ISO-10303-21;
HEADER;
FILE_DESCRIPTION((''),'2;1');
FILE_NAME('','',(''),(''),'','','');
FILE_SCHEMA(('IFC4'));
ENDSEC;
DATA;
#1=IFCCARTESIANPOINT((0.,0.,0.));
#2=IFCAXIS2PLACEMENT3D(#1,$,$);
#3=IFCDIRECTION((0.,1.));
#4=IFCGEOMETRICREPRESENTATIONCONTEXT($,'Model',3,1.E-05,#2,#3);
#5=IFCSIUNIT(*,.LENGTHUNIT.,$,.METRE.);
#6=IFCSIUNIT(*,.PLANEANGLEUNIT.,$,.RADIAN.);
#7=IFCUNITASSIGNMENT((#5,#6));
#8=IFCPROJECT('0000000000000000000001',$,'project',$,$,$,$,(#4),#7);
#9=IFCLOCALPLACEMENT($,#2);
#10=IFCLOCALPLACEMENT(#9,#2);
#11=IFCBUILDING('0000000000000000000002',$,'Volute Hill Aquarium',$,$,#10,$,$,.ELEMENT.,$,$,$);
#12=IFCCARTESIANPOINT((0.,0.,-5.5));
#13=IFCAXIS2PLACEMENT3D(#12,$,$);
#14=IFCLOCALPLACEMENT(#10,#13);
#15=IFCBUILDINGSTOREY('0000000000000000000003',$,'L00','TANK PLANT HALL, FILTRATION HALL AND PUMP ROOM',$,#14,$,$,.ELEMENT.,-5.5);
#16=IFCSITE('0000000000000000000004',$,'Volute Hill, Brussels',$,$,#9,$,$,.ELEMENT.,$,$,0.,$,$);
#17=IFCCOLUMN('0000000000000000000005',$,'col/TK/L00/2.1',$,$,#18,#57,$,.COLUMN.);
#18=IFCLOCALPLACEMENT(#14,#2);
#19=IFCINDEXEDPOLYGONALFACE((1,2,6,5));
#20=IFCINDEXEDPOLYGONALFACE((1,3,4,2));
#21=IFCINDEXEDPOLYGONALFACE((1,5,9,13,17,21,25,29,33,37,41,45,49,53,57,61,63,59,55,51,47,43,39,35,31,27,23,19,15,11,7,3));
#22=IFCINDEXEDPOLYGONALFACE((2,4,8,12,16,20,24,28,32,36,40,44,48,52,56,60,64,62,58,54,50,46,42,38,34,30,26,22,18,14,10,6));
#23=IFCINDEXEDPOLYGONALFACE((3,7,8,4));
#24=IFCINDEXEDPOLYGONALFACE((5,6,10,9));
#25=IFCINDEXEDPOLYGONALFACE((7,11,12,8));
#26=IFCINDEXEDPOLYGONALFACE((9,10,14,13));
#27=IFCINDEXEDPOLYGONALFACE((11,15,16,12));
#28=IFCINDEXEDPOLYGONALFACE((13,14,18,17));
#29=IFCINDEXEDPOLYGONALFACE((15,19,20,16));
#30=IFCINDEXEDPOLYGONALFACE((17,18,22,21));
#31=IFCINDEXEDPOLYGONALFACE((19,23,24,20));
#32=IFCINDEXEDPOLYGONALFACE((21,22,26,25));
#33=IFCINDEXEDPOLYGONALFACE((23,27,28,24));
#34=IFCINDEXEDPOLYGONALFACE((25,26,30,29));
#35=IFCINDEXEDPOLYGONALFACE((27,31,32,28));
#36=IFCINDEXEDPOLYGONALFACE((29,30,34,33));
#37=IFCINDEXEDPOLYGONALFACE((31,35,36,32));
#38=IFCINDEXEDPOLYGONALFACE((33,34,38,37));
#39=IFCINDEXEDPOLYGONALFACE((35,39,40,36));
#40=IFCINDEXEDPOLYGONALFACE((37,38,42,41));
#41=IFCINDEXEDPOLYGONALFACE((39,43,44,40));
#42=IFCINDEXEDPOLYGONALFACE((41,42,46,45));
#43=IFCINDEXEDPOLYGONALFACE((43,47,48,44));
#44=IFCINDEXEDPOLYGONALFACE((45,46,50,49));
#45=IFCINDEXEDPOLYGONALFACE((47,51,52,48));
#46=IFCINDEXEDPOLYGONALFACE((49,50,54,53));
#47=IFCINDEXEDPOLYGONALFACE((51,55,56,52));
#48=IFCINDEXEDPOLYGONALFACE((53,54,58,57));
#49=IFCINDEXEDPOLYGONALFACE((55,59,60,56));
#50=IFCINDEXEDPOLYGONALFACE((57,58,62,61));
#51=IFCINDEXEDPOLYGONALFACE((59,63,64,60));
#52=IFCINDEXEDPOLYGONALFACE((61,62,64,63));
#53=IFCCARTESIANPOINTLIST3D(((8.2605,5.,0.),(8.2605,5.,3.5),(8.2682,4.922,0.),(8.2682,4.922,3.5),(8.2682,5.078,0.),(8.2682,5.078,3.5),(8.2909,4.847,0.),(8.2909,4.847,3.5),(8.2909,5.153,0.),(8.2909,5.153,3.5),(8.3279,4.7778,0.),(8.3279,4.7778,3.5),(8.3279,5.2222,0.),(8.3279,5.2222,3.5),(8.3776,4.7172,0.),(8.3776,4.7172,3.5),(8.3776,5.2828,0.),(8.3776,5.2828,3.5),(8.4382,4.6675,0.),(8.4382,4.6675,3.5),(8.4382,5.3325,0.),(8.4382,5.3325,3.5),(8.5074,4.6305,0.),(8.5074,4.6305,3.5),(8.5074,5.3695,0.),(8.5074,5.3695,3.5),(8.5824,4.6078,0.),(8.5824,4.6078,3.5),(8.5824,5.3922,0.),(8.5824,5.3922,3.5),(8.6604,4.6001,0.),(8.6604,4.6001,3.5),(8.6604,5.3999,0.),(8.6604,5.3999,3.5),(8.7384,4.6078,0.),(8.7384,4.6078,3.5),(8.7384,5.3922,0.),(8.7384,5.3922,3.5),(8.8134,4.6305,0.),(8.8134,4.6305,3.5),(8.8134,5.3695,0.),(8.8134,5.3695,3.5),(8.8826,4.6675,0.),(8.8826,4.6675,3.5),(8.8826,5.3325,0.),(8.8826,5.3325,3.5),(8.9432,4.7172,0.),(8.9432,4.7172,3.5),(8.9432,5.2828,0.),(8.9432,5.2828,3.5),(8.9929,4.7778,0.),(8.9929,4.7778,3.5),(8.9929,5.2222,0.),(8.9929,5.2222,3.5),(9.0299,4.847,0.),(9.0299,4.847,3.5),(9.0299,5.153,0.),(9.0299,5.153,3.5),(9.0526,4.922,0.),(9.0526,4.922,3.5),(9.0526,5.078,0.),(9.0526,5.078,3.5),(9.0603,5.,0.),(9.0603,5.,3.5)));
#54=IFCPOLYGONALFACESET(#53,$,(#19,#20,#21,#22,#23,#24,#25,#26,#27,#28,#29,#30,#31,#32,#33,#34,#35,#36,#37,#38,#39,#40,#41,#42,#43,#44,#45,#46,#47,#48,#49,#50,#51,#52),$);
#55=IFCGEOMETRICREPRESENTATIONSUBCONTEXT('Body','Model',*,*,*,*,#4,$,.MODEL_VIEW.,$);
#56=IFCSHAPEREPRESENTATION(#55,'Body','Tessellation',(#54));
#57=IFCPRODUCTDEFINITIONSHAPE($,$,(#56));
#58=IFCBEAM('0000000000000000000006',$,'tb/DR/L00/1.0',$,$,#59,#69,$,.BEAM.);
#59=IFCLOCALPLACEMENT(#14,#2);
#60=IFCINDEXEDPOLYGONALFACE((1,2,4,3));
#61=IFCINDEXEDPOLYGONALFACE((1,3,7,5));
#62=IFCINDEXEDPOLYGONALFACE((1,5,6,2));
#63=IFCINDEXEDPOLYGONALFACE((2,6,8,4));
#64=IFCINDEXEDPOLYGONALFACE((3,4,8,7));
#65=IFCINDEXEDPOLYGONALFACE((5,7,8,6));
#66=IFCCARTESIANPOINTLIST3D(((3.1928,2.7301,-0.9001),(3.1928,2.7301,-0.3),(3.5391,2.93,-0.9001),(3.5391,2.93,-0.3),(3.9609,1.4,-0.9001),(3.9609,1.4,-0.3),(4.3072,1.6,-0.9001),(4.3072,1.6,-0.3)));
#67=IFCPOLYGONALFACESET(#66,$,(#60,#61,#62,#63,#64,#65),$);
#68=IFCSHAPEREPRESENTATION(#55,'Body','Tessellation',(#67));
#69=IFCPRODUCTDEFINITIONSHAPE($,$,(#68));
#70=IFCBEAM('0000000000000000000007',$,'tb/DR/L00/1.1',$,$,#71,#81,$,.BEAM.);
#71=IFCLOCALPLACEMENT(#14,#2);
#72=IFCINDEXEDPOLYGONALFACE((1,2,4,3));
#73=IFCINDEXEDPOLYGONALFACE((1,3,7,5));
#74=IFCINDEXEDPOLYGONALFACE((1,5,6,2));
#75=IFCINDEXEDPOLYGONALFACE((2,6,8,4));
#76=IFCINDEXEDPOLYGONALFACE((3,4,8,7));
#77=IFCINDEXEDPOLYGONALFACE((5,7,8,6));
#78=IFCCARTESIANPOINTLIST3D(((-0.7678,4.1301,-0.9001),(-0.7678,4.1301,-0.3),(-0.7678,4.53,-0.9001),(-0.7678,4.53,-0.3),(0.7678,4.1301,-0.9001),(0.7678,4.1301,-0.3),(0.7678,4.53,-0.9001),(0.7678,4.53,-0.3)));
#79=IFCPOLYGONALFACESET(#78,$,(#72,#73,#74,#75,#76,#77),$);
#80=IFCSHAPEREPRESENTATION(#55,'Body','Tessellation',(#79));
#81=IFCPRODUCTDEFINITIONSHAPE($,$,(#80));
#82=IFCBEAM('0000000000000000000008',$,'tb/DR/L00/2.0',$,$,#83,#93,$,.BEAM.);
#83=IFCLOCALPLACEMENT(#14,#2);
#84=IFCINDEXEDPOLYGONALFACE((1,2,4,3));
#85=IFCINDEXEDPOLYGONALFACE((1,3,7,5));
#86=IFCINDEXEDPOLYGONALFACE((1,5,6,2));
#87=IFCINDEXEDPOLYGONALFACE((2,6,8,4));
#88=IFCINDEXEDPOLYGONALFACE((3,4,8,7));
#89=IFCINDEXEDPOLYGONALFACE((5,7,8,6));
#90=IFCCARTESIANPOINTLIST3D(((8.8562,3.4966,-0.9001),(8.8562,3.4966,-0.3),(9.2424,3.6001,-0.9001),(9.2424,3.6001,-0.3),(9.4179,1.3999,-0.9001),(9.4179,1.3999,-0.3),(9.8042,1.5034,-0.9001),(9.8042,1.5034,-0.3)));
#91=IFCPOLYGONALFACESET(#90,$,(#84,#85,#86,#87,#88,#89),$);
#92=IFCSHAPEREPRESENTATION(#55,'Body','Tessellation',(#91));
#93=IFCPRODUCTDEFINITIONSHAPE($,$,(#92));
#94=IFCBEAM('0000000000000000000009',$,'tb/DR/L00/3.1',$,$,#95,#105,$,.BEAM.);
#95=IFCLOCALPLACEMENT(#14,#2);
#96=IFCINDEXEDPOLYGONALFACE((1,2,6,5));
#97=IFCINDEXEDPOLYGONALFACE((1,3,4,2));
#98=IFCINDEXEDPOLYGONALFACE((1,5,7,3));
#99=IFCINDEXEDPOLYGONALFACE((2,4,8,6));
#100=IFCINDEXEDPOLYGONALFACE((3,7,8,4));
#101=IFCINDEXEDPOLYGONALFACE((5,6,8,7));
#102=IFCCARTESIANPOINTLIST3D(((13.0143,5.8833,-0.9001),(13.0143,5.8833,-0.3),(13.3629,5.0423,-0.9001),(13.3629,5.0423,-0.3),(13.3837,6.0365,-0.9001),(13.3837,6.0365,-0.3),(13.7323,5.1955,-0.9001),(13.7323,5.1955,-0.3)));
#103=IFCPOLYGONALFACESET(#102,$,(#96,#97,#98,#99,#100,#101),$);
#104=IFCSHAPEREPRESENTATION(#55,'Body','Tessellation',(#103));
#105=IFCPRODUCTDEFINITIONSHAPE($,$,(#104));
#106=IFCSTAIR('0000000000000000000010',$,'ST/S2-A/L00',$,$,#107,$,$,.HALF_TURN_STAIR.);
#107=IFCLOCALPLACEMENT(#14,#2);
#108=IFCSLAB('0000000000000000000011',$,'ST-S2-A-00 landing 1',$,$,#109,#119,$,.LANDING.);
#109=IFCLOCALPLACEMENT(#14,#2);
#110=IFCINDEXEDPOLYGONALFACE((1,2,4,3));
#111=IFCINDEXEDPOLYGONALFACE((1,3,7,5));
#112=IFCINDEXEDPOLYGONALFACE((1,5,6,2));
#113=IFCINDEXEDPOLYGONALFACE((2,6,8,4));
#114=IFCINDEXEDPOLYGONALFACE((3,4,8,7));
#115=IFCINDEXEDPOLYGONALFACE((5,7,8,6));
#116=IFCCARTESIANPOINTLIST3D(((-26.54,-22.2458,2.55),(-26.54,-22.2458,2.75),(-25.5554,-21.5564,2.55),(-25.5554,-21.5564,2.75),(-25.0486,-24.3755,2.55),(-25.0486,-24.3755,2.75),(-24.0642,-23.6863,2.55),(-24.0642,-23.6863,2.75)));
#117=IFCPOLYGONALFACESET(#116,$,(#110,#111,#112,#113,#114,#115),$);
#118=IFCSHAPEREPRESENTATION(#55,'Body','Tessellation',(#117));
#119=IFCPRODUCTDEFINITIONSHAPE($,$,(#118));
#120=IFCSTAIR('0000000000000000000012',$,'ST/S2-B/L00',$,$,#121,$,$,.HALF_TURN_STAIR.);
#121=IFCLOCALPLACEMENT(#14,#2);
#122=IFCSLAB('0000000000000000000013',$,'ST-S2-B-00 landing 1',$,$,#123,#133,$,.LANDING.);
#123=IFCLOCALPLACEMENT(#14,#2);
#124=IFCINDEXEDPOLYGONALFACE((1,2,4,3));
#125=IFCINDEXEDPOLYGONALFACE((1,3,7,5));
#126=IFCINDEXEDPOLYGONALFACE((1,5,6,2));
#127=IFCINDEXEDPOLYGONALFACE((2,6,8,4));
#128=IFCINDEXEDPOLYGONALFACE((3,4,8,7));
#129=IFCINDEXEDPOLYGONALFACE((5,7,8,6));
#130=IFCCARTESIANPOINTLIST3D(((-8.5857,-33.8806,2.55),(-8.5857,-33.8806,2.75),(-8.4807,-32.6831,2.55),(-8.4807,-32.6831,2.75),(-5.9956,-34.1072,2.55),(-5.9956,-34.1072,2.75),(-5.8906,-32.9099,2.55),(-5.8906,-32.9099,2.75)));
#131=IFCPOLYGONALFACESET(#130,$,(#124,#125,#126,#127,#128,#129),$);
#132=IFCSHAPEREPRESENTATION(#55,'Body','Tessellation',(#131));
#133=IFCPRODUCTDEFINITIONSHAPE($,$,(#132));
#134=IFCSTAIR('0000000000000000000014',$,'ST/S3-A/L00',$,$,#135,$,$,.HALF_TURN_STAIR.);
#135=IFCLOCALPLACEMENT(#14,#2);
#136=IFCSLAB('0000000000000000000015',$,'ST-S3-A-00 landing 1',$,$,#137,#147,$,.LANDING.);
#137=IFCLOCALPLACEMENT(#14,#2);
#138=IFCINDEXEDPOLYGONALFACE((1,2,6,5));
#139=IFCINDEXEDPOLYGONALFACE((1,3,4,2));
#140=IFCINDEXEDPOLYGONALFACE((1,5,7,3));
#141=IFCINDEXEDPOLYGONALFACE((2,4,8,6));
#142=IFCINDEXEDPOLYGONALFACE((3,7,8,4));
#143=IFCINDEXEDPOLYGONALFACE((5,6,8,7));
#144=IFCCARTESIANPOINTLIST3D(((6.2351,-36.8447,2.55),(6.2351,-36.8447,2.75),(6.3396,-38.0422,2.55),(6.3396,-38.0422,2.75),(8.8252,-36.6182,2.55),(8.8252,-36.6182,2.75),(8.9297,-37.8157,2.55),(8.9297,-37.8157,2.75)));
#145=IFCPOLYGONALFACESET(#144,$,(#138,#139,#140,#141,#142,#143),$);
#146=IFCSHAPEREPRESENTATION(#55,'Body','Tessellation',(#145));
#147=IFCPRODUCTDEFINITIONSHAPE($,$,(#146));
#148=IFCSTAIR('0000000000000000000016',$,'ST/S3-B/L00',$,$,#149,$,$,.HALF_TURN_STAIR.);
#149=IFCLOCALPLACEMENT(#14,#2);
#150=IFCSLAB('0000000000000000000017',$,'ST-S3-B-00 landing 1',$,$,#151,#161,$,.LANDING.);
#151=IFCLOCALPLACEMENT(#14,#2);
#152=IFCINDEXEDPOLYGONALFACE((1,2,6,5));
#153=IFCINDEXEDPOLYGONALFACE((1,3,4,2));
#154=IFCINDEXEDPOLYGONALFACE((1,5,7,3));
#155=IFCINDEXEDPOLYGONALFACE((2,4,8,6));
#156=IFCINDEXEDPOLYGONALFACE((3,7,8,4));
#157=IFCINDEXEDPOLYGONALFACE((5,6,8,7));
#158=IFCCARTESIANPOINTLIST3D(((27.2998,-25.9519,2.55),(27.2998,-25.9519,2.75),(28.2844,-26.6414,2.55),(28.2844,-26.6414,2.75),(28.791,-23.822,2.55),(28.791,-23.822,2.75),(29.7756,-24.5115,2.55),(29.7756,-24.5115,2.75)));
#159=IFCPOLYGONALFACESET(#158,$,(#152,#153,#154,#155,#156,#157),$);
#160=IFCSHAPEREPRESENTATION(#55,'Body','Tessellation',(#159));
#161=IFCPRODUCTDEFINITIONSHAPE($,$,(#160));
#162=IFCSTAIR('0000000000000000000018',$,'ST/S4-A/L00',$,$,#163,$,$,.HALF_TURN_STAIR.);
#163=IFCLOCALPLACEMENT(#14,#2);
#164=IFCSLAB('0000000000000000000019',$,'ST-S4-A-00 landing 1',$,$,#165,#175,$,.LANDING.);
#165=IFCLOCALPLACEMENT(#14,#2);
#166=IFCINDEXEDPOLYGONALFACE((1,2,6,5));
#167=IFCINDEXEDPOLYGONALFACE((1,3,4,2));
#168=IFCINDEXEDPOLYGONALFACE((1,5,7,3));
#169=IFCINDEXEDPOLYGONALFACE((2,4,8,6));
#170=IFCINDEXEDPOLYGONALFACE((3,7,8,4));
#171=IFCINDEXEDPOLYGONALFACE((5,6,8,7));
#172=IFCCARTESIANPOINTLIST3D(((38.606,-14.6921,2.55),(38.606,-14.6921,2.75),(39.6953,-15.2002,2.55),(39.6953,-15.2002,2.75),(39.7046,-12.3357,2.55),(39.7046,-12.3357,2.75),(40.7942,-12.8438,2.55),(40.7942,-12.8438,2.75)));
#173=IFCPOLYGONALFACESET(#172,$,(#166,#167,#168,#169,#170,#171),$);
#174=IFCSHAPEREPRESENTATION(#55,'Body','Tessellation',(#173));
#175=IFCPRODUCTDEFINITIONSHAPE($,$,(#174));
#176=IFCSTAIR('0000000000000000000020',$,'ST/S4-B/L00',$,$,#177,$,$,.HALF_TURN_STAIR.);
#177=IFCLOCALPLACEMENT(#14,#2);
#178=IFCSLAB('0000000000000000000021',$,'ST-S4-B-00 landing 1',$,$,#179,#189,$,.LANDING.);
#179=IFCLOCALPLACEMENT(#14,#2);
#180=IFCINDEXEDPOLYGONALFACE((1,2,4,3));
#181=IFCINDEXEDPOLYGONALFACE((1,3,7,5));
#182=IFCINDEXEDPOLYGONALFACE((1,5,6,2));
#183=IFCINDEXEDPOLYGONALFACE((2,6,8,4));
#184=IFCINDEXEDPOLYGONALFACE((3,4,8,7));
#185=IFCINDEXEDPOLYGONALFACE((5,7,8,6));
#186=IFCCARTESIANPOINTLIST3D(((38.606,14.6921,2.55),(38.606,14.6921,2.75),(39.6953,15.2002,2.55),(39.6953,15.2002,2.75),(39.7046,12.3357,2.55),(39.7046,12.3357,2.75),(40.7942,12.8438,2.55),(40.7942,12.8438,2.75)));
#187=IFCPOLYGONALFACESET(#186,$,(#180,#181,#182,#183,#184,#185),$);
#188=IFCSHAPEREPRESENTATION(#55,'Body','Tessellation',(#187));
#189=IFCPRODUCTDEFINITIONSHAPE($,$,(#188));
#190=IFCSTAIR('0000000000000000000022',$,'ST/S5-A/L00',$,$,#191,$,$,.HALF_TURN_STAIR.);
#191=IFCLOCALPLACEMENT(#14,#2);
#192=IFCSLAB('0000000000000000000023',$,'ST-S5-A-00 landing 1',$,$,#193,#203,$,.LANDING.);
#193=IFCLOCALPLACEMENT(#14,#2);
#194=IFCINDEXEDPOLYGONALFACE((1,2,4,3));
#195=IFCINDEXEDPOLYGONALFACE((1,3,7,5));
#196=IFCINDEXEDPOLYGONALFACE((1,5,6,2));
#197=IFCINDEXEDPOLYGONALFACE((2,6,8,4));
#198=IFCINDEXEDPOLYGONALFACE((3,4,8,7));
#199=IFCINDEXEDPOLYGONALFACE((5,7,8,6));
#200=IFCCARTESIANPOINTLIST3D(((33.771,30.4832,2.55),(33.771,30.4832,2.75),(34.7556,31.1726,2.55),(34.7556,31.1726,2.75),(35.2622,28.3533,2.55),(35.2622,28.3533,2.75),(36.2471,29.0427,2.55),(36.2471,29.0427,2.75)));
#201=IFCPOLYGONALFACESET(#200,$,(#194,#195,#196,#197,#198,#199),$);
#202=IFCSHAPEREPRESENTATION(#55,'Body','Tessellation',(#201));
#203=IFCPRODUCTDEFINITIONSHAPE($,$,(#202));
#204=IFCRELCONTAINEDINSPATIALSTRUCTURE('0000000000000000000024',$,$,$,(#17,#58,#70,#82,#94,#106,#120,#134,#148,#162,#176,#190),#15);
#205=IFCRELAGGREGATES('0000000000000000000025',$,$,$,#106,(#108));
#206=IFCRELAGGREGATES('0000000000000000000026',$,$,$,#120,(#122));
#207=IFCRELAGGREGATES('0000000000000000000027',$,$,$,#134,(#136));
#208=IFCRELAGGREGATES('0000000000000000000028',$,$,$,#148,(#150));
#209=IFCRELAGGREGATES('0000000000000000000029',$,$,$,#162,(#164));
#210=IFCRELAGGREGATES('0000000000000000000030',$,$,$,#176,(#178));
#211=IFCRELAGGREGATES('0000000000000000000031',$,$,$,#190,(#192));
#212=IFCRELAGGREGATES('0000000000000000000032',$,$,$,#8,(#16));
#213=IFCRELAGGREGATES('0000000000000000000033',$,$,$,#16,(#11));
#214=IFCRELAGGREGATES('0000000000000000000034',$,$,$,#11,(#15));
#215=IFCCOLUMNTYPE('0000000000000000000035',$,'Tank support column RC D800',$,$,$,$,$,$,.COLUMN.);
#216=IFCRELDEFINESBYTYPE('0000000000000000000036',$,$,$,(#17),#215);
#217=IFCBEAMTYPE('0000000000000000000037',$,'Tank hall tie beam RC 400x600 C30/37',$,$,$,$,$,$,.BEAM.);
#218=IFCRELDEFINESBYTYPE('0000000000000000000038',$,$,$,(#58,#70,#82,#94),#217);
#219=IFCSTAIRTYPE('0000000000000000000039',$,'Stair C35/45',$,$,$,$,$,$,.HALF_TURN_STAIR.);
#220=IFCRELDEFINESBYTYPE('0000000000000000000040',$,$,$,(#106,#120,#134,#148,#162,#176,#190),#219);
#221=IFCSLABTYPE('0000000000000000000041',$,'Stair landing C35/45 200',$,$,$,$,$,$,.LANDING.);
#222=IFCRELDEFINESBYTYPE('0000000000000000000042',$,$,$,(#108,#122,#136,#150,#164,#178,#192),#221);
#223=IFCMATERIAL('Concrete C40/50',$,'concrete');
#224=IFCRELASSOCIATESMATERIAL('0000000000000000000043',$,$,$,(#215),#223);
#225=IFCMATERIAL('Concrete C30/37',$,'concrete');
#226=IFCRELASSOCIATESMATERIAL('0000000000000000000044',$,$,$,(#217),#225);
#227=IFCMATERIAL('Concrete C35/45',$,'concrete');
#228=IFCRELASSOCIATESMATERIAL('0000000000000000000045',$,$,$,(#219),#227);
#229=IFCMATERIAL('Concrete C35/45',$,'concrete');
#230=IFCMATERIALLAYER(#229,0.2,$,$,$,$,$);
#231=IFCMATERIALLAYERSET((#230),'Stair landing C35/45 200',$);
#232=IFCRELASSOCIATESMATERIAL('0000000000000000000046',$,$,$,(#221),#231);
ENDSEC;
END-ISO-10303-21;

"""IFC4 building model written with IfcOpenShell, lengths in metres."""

from ifc_helpers import new_model, si_unit, direction, frame, origin, origin_2d, place, context, subcontext, project, spatial, polyline, rectangle, circle, outline, extrude, material, layer, layer_set, material_profile, profile_set, type_object, element, aggregate, save


model = new_model("IFC4")

# Units and contexts
model_context = context("Model", 3, precision=1e-05, world=origin(), true_north=direction((0.0, 1.0)))
body_context = subcontext(model_context, "Body", "Model", "MODEL_VIEW")
ifc_project = project(units=[si_unit("LENGTHUNIT", "METRE"), si_unit("PLANEANGLEUNIT", "RADIAN")], contexts=[model_context])

# Site, building, storey
site_placement = place(None, origin())
site = spatial("IfcSite", under=ifc_project, at=site_placement, Name="Volute Hill, Brussels", CompositionType="ELEMENT", RefElevation=0.0)
building_placement = place(site_placement, origin())
building = spatial("IfcBuilding", under=site, at=building_placement, Name="Volute Hill Aquarium", CompositionType="ELEMENT")
storey_placement = place(building_placement, frame((0.0, 0.0, -5.5)))
storey = spatial("IfcBuildingStorey", under=building, at=storey_placement, Name="L00", Description="TANK PLANT HALL, FILTRATION HALL AND PUMP ROOM", CompositionType="ELEMENT", Elevation=-5.5)

# Column
ifc_material_1 = material(Name="Concrete C40/50", Category="concrete")
ifc_material_profile_1 = material_profile(ifc_material_1, circle(Radius=0.3999, at=origin_2d()), Name="RC round column D800")
ifc_profile_set_1 = profile_set([ifc_material_profile_1], Name="Concrete C40/50")
column_type = type_object("IfcColumnType", Name="Tank support column RC D800", PredefinedType="COLUMN", material=ifc_profile_set_1)
for number, where, z_axis, x_axis, name in (
    (1, (8.6604, 5.0, 0.0), (0.0, 0.0, 1.0), (1.0, 0.0, 0.0), "col/TK/L00/2.1"),
):
    element("IfcColumn", number, at=place(storey_placement, frame(where, z_axis=z_axis, x_axis=x_axis)), inside=storey, type_object=column_type, Name=name, PredefinedType="COLUMN", context=body_context, shape_type="SweptSolid", body=[
        extrude(circle(Radius=0.3999, at=origin_2d()), origin(), (0.0, 0.0, 1.0), 3.5),
    ])

# Beams
ifc_material_2 = material(Name="Concrete C30/37", Category="concrete")
ifc_material_profile_2 = material_profile(ifc_material_2, rectangle(XDim=0.3999, YDim=0.6001, at=origin_2d()), Name="RC tie beam 400x600")
ifc_profile_set_2 = profile_set([ifc_material_profile_2], Name="Concrete C30/37")
beam_type = type_object("IfcBeamType", Name="Tank hall tie beam RC 400x600 C30/37", PredefinedType="BEAM", material=ifc_profile_set_2)
beam_1_placement = place(storey_placement, frame((4.134, 1.5, -0.6001), z_axis=(-0.500071, 0.865984, 0.0), x_axis=(-0.865984, -0.500071, 0.0)))
element("IfcBeam", 2, at=beam_1_placement, inside=storey, type_object=beam_type, Name="tb/DR/L00/1.0", PredefinedType="BEAM", context=body_context, shape_type="SweptSolid", body=[
    extrude(rectangle(XDim=0.3999, YDim=0.6001, at=origin_2d()), origin(), (0.0, 0.0, 1.0), 1.5359),
])
beam_2_placement = place(storey_placement, frame((0.7678, 4.3301, -0.6001), z_axis=(-1.0, 0.0, 0.0), x_axis=(0.0, -1.0, 0.0)))
element("IfcBeam", 3, at=beam_2_placement, inside=storey, type_object=beam_type, Name="tb/DR/L00/1.1", PredefinedType="BEAM", context=body_context, shape_type="SweptSolid", body=[
    extrude(rectangle(XDim=0.3999, YDim=0.6001, at=origin_2d()), origin(), (0.0, 0.0, 1.0), 1.5356),
])
beam_3_placement = place(storey_placement, frame((9.6111, 1.4517, -0.6001), z_axis=(-0.258804, 0.96593, 0.0), x_axis=(-0.96593, -0.258804, 0.0)))
element("IfcBeam", 4, at=beam_3_placement, inside=storey, type_object=beam_type, Name="tb/DR/L00/2.0", PredefinedType="BEAM", context=body_context, shape_type="SweptSolid", body=[
    extrude(rectangle(XDim=0.3999, YDim=0.6001, at=origin_2d()), origin(), (0.0, 0.0, 1.0), 2.1707),
])
beam_4_placement = place(storey_placement, frame((13.5476, 5.1189, -0.6001), z_axis=(-0.38292, 0.923781, 0.0), x_axis=(-0.923781, -0.38292, 0.0)))
element("IfcBeam", 5, at=beam_4_placement, inside=storey, type_object=beam_type, Name="tb/DR/L00/3.1", PredefinedType="BEAM", context=body_context, shape_type="SweptSolid", body=[
    extrude(rectangle(XDim=0.3999, YDim=0.6001, at=origin_2d()), origin(), (0.0, 0.0, 1.0), 0.9104),
])

# Stairs, slabs
ifc_material_3 = material(Name="Concrete C35/45", Category="concrete")
stair_type = type_object("IfcStairType", Name="Stair C35/45", PredefinedType="HALF_TURN_STAIR", material=ifc_material_3)
stair_1_placement = place(storey_placement, origin())
stair_1 = element("IfcStair", 6, at=stair_1_placement, inside=storey, type_object=stair_type, Name="ST/S2-A/L00", PredefinedType="HALF_TURN_STAIR")
ifc_material_4 = material(Name="Concrete C35/45", Category="concrete")
ifc_layer = layer(ifc_material_4, 0.2)
ifc_layer_set = layer_set([ifc_layer], Name="Stair landing C35/45 200")
slab_type = type_object("IfcSlabType", Name="Stair landing C35/45 200", PredefinedType="LANDING", material=ifc_layer_set)
slab_1_placement = place(storey_placement, frame((0.0, 0.0, 2.55)))
slab_1 = element("IfcSlab", 7, at=slab_1_placement, type_object=slab_type, Name="ST-S2-A-00 landing 1", PredefinedType="LANDING", context=body_context, shape_type="SweptSolid", body=[
    extrude(outline(polyline([(-25.5554, -21.5564), (-26.54, -22.2458), (-25.0486, -24.3755), (-24.0642, -23.6863), (-25.5554, -21.5564)])), origin(), (0.0, 0.0, 1.0), 0.2),
])
aggregate(stair_1, [slab_1])
stair_2_placement = place(storey_placement, origin())
stair_2 = element("IfcStair", 8, at=stair_2_placement, inside=storey, type_object=stair_type, Name="ST/S2-B/L00", PredefinedType="HALF_TURN_STAIR")
slab_2_placement = place(storey_placement, frame((0.0, 0.0, 2.55)))
slab_2 = element("IfcSlab", 9, at=slab_2_placement, type_object=slab_type, Name="ST-S2-B-00 landing 1", PredefinedType="LANDING", context=body_context, shape_type="SweptSolid", body=[
    extrude(outline(polyline([(-8.4807, -32.6831), (-8.5857, -33.8806), (-5.9956, -34.1072), (-5.8906, -32.9099), (-8.4807, -32.6831)])), origin(), (0.0, 0.0, 1.0), 0.2),
])
aggregate(stair_2, [slab_2])
stair_3_placement = place(storey_placement, origin())
stair_3 = element("IfcStair", 10, at=stair_3_placement, inside=storey, type_object=stair_type, Name="ST/S3-A/L00", PredefinedType="HALF_TURN_STAIR")
slab_3_placement = place(storey_placement, frame((0.0, 0.0, 2.55)))
slab_3 = element("IfcSlab", 11, at=slab_3_placement, type_object=slab_type, Name="ST-S3-A-00 landing 1", PredefinedType="LANDING", context=body_context, shape_type="SweptSolid", body=[
    extrude(outline(polyline([(6.2351, -36.8447), (6.3396, -38.0422), (8.9297, -37.8157), (8.8252, -36.6182), (6.2351, -36.8447)])), origin(), (0.0, 0.0, 1.0), 0.2),
])
aggregate(stair_3, [slab_3])
stair_4_placement = place(storey_placement, origin())
stair_4 = element("IfcStair", 12, at=stair_4_placement, inside=storey, type_object=stair_type, Name="ST/S3-B/L00", PredefinedType="HALF_TURN_STAIR")
slab_4_placement = place(storey_placement, frame((0.0, 0.0, 2.55)))
slab_4 = element("IfcSlab", 13, at=slab_4_placement, type_object=slab_type, Name="ST-S3-B-00 landing 1", PredefinedType="LANDING", context=body_context, shape_type="SweptSolid", body=[
    extrude(outline(polyline([(27.2998, -25.9519), (28.2844, -26.6414), (29.7756, -24.5115), (28.791, -23.822), (27.2998, -25.9519)])), origin(), (0.0, 0.0, 1.0), 0.2),
])
aggregate(stair_4, [slab_4])
stair_5_placement = place(storey_placement, origin())
stair_5 = element("IfcStair", 14, at=stair_5_placement, inside=storey, type_object=stair_type, Name="ST/S4-A/L00", PredefinedType="HALF_TURN_STAIR")
slab_5_placement = place(storey_placement, frame((0.0, 0.0, 2.55)))
slab_5 = element("IfcSlab", 15, at=slab_5_placement, type_object=slab_type, Name="ST-S4-A-00 landing 1", PredefinedType="LANDING", context=body_context, shape_type="SweptSolid", body=[
    extrude(outline(polyline([(38.606, -14.6921), (39.6953, -15.2002), (40.7942, -12.8438), (39.7046, -12.3357), (38.606, -14.6921)])), origin(), (0.0, 0.0, 1.0), 0.2),
])
aggregate(stair_5, [slab_5])
stair_6_placement = place(storey_placement, origin())
stair_6 = element("IfcStair", 16, at=stair_6_placement, inside=storey, type_object=stair_type, Name="ST/S4-B/L00", PredefinedType="HALF_TURN_STAIR")
slab_6_placement = place(storey_placement, frame((0.0, 0.0, 2.55)))
slab_6 = element("IfcSlab", 17, at=slab_6_placement, type_object=slab_type, Name="ST-S4-B-00 landing 1", PredefinedType="LANDING", context=body_context, shape_type="SweptSolid", body=[
    extrude(outline(polyline([(39.7046, 12.3357), (40.7942, 12.8438), (39.6953, 15.2002), (38.606, 14.6921), (39.7046, 12.3357)])), origin(), (0.0, 0.0, 1.0), 0.2),
])
aggregate(stair_6, [slab_6])
stair_7_placement = place(storey_placement, origin())
stair_7 = element("IfcStair", 18, at=stair_7_placement, inside=storey, type_object=stair_type, Name="ST/S5-A/L00", PredefinedType="HALF_TURN_STAIR")
slab_7_placement = place(storey_placement, frame((0.0, 0.0, 2.55)))
slab_7 = element("IfcSlab", 19, at=slab_7_placement, type_object=slab_type, Name="ST-S5-A-00 landing 1", PredefinedType="LANDING", context=body_context, shape_type="SweptSolid", body=[
    extrude(outline(polyline([(35.2622, 28.3533), (36.2471, 29.0427), (34.7556, 31.1726), (33.771, 30.4832), (35.2622, 28.3533)])), origin(), (0.0, 0.0, 1.0), 0.2),
])
aggregate(stair_7, [slab_7])

save(model, "model.ifc")
